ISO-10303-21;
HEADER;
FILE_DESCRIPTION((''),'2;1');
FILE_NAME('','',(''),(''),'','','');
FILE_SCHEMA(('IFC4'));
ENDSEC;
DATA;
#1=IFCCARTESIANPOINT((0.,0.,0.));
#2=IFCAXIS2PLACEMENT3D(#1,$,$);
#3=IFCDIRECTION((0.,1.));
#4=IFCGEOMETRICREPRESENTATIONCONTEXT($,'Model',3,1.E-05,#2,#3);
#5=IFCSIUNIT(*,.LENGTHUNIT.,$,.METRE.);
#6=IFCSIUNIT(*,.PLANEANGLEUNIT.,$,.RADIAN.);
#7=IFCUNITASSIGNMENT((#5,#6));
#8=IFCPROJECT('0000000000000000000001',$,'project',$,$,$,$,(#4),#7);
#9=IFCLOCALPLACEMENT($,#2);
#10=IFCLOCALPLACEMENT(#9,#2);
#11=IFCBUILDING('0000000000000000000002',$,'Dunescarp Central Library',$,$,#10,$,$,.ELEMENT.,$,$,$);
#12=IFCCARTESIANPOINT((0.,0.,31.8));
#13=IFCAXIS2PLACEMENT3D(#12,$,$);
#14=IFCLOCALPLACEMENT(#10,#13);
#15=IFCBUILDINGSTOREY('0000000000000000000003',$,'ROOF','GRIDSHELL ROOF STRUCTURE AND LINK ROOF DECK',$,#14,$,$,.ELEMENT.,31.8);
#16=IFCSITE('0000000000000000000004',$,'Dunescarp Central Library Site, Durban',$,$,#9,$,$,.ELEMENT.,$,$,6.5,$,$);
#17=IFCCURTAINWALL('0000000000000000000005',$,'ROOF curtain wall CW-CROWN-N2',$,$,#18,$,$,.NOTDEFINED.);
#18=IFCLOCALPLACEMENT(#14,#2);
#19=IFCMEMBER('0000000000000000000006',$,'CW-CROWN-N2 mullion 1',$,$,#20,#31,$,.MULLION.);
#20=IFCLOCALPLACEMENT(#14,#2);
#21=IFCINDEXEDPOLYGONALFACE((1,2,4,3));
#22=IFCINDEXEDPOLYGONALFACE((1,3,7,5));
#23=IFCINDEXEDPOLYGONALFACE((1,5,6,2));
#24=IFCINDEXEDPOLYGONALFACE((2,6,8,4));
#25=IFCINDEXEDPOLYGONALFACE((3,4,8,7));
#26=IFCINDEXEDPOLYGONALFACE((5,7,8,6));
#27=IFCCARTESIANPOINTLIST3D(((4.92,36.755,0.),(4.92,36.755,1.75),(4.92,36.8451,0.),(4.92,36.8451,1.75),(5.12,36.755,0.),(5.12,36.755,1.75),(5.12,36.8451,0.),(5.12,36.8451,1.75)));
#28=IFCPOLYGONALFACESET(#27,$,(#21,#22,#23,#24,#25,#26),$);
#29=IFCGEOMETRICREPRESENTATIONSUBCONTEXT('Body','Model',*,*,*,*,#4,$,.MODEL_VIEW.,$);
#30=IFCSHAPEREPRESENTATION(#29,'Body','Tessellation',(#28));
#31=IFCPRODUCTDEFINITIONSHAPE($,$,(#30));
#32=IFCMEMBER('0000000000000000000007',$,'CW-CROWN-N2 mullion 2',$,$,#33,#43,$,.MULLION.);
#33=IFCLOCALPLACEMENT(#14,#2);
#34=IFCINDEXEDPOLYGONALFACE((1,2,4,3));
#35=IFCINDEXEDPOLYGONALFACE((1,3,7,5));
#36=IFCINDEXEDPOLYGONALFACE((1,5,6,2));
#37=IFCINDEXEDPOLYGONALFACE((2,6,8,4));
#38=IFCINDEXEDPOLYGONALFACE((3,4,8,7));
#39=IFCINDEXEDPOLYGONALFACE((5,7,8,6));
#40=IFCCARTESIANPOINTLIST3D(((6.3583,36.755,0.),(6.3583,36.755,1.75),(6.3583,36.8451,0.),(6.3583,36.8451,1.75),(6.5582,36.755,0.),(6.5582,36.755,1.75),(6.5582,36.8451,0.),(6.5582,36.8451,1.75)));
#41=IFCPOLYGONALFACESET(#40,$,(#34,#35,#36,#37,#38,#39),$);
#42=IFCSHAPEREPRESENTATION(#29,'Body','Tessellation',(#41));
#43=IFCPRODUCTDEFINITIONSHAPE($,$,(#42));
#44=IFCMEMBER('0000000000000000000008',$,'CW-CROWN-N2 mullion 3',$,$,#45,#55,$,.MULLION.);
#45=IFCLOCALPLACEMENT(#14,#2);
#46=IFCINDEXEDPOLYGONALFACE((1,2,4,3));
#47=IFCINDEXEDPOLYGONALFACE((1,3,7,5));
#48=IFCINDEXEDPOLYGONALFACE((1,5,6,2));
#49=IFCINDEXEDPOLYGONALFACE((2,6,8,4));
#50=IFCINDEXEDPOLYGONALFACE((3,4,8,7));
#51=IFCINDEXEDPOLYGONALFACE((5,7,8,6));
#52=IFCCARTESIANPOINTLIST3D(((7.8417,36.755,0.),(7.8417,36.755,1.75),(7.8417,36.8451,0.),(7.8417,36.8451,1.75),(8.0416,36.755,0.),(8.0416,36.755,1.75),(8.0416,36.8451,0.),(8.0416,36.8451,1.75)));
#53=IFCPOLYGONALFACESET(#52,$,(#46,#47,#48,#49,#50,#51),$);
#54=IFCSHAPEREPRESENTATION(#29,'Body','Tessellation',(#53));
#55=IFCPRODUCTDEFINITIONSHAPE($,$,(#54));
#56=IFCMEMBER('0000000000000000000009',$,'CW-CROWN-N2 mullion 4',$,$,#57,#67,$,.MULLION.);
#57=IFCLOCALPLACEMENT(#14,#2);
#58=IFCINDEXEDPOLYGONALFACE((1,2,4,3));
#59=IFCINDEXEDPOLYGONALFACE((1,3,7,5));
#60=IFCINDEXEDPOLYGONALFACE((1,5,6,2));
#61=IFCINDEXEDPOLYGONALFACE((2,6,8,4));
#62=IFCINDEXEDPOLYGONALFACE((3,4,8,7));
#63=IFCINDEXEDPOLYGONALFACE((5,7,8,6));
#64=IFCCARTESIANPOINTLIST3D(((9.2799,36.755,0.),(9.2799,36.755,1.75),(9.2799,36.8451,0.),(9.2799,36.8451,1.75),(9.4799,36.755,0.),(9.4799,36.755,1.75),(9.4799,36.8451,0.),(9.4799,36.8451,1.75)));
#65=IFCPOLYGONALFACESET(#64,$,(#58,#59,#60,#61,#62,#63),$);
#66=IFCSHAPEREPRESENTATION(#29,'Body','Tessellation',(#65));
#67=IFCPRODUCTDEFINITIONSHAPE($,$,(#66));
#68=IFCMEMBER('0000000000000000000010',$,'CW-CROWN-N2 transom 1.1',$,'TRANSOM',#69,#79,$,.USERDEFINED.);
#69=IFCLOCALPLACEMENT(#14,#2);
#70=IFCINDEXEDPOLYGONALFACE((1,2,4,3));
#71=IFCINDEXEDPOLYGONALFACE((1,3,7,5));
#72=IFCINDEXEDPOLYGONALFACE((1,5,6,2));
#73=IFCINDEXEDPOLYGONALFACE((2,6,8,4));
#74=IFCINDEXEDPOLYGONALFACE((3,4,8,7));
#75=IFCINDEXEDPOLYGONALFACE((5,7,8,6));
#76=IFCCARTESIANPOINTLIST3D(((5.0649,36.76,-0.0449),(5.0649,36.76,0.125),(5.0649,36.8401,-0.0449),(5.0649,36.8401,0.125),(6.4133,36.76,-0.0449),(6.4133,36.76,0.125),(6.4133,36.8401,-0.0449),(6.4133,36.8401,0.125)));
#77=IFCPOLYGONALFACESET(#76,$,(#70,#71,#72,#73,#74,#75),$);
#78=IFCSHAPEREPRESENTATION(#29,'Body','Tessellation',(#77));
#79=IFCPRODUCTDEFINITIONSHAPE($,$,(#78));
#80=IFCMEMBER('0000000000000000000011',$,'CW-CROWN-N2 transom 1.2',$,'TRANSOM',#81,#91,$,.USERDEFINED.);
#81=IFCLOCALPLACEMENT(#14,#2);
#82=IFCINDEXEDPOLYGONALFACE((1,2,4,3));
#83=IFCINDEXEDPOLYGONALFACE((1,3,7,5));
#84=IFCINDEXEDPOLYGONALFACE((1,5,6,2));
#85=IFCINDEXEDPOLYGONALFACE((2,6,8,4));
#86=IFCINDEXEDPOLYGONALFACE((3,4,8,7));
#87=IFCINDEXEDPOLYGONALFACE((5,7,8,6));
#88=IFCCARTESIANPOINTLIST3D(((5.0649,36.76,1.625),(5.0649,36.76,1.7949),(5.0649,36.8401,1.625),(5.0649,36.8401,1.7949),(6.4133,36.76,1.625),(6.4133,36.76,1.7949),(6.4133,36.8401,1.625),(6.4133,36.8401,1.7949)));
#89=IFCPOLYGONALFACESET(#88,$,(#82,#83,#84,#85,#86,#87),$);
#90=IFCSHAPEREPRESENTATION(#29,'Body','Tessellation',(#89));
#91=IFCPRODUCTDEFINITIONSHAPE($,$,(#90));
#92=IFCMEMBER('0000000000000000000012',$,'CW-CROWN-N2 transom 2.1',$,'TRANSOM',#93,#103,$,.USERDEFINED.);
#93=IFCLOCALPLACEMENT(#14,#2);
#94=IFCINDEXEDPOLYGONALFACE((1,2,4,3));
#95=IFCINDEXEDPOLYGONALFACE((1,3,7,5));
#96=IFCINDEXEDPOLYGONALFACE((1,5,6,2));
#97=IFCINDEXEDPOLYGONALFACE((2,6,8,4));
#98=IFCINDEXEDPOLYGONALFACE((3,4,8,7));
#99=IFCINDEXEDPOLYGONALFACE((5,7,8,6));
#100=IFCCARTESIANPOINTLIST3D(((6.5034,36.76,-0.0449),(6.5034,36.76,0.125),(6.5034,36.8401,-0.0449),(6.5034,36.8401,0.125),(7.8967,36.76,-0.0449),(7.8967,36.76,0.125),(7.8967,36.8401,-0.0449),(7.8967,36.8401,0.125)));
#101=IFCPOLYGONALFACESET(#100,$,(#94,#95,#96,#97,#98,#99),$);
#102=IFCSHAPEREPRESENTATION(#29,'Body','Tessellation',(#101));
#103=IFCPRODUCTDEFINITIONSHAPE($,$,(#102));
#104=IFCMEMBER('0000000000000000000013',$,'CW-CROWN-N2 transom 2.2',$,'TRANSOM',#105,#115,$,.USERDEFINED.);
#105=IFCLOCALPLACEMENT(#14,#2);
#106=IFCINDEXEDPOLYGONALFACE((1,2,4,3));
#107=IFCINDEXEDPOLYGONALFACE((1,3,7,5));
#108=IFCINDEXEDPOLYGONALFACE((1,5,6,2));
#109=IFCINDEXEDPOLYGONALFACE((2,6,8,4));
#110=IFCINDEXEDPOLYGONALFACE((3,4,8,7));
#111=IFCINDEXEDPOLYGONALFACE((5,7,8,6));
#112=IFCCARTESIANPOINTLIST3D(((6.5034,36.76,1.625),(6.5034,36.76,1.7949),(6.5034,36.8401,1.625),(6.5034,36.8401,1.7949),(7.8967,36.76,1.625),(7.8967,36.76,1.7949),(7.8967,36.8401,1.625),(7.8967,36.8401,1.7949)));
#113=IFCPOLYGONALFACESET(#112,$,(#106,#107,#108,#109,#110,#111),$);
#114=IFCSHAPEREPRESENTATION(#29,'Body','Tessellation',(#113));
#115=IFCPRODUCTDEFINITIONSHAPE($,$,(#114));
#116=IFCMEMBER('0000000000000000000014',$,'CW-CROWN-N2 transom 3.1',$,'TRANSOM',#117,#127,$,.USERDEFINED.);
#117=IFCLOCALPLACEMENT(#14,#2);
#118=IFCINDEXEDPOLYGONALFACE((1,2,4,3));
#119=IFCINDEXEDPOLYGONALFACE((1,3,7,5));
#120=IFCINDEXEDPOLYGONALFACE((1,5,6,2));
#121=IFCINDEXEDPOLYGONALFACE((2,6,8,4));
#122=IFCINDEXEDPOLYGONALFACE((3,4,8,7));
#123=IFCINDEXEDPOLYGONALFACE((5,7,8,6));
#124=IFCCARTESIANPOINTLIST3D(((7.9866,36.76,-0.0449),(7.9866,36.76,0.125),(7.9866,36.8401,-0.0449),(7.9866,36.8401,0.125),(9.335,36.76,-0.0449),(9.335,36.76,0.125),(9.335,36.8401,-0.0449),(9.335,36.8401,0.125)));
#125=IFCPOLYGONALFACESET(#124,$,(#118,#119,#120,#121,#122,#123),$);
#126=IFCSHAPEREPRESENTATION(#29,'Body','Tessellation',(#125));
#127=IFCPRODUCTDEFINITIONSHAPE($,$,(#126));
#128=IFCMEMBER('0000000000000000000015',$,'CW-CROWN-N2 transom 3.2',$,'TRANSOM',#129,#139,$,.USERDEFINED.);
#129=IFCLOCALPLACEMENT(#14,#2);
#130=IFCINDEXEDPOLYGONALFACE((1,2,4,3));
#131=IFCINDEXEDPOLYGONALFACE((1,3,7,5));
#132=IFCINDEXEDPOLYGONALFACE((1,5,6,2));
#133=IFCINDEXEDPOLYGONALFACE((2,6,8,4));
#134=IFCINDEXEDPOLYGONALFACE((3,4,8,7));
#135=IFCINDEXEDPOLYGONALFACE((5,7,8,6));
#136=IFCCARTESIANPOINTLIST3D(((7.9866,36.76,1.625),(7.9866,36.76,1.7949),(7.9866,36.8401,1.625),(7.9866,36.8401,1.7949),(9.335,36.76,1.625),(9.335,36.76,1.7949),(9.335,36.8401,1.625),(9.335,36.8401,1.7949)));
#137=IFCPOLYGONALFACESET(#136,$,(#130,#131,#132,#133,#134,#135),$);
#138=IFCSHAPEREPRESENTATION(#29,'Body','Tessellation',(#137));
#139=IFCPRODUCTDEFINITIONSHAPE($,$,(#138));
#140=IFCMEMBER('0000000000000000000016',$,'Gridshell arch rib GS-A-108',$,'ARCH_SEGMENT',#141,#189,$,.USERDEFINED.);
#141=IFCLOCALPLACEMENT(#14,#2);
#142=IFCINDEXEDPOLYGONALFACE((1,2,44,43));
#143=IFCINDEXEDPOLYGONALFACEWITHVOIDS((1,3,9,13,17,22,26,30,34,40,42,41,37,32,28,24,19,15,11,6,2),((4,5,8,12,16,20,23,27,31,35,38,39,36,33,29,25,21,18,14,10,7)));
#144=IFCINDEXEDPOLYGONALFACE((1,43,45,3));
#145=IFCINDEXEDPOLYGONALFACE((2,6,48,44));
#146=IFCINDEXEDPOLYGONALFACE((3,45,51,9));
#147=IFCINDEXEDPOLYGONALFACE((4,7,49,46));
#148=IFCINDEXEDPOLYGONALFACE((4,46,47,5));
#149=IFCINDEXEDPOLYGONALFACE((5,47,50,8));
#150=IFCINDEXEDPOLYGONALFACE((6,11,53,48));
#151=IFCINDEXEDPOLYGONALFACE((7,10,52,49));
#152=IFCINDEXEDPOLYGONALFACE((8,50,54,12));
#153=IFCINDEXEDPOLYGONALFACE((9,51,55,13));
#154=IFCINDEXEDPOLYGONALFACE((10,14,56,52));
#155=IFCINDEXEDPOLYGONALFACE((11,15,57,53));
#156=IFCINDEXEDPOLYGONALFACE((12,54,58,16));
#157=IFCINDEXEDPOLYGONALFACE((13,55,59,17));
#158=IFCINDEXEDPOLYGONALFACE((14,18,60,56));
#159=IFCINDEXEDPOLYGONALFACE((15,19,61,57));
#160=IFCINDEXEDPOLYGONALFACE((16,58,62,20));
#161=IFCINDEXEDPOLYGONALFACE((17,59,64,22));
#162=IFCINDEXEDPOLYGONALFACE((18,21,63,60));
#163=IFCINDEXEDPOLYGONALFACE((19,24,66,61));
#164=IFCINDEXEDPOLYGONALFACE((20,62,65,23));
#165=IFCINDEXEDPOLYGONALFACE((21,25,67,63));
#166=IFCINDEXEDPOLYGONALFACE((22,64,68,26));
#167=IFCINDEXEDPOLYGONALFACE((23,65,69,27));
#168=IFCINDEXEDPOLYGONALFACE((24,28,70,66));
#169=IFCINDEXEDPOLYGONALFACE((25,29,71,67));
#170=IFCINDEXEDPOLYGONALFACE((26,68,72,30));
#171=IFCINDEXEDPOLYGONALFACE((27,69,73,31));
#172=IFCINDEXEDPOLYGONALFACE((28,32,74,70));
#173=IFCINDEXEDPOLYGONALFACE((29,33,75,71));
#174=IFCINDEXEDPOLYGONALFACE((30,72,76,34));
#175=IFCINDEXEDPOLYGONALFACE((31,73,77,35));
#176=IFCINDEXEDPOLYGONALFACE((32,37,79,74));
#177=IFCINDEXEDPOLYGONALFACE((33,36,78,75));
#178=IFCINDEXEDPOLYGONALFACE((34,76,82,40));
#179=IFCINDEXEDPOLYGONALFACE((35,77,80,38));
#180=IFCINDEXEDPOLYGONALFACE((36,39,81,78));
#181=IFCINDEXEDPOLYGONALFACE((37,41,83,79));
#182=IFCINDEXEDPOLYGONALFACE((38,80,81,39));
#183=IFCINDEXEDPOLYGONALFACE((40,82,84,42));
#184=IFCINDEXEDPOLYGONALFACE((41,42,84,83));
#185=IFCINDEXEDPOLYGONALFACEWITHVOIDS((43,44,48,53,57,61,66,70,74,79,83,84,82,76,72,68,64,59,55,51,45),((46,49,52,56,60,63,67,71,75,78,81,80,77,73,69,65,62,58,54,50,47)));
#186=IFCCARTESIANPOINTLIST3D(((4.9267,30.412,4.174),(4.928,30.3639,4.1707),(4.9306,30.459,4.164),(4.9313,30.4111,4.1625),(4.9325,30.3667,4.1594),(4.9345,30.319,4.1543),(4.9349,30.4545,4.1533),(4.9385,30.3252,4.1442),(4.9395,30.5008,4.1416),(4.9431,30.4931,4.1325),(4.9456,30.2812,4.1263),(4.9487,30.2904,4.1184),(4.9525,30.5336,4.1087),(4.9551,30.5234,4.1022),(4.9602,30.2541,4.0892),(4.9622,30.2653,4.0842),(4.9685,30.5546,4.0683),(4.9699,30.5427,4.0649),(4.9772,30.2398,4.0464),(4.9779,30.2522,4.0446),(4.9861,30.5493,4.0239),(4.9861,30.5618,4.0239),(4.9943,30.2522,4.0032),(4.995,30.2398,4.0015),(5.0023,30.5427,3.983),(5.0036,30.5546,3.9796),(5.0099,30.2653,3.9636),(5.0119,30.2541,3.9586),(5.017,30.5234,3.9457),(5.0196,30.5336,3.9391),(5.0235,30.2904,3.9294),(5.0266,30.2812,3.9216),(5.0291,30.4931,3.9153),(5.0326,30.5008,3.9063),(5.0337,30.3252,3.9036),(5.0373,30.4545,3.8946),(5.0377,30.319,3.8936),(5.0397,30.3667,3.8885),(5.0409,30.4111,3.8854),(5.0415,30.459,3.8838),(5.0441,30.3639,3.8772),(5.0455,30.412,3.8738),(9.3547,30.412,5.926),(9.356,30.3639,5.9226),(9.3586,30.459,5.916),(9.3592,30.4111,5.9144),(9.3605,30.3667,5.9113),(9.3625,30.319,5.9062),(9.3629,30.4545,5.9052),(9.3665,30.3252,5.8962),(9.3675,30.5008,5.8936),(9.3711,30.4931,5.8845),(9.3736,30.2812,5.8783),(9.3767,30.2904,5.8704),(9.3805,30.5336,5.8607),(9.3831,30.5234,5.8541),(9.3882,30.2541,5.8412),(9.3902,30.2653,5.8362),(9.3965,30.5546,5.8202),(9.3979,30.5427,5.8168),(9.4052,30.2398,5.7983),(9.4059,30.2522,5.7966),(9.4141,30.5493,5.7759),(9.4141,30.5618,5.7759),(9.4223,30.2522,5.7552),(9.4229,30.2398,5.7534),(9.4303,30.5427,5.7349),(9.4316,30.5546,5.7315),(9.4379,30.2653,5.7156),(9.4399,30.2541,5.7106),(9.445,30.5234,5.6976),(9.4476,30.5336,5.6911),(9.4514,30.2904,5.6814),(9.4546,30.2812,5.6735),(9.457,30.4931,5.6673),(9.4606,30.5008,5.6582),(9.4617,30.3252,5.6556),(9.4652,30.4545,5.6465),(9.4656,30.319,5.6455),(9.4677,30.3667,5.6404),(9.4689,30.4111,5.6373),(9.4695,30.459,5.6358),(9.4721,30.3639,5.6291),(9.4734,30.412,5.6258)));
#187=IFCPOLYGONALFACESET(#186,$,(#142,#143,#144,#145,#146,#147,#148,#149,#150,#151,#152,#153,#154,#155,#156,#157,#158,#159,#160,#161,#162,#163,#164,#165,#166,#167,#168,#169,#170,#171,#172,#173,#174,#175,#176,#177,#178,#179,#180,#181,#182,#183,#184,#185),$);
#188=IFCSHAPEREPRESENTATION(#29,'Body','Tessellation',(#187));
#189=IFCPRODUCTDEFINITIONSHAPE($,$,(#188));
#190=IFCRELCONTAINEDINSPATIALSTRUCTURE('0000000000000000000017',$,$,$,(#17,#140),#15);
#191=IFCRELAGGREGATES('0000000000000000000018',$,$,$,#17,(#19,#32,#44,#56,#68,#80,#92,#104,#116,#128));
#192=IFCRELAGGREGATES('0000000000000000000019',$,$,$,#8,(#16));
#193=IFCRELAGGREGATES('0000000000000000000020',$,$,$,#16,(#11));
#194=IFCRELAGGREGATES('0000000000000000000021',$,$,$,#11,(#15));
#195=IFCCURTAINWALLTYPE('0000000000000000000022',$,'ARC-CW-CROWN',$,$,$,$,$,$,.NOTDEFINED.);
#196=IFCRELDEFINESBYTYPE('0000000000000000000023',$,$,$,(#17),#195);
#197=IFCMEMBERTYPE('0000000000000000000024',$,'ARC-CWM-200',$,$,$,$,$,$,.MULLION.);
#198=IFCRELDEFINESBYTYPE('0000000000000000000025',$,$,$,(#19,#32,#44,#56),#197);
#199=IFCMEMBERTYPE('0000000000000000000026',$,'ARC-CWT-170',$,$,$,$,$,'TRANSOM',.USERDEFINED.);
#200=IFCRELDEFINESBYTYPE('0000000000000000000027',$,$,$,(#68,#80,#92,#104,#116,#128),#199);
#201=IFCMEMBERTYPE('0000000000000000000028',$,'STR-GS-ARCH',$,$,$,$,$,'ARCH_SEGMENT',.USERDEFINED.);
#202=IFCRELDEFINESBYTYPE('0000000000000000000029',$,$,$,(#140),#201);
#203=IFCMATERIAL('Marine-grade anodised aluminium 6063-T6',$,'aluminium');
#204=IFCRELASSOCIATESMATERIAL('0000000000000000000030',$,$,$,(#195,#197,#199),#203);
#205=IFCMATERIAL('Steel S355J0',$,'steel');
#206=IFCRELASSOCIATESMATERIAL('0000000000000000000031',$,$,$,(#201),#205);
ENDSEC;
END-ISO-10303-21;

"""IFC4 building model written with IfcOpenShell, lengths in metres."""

from ifc_helpers import new_model, si_unit, direction, frame, origin, origin_2d, place, context, subcontext, project, spatial, rectangle, hollow_circle, extrude, material, material_profile, profile_set, type_object, element, aggregate, save


model = new_model("IFC4")

# Units and contexts
model_context = context("Model", 3, precision=1e-05, world=origin(), true_north=direction((0.0, 1.0)))
body_context = subcontext(model_context, "Body", "Model", "MODEL_VIEW")
ifc_project = project(units=[si_unit("LENGTHUNIT", "METRE"), si_unit("PLANEANGLEUNIT", "RADIAN")], contexts=[model_context])

# Site, building, storey
site_placement = place(None, origin())
site = spatial("IfcSite", under=ifc_project, at=site_placement, Name="Dunescarp Central Library Site, Durban", CompositionType="ELEMENT", RefElevation=6.5)
building_placement = place(site_placement, origin())
building = spatial("IfcBuilding", under=site, at=building_placement, Name="Dunescarp Central Library", CompositionType="ELEMENT")
storey_placement = place(building_placement, frame((0.0, 0.0, 31.8)))
storey = spatial("IfcBuildingStorey", under=building, at=storey_placement, Name="ROOF", Description="GRIDSHELL ROOF STRUCTURE AND LINK ROOF DECK", CompositionType="ELEMENT", Elevation=31.8)

# Curtain wall, members
ifc_material_1 = material(Name="Marine-grade anodised aluminium 6063-T6", Category="aluminium")
curtain_wall_type = type_object("IfcCurtainWallType", Name="ARC-CW-CROWN", PredefinedType="NOTDEFINED", material=ifc_material_1)
curtain_wall_placement = place(storey_placement, origin())
curtain_wall = element("IfcCurtainWall", 1, at=curtain_wall_placement, inside=storey, type_object=curtain_wall_type, Name="ROOF curtain wall CW-CROWN-N2", PredefinedType="NOTDEFINED")
ifc_material_profile_1 = material_profile(ifc_material_1, rectangle(XDim=0.0901, YDim=0.2, at=origin_2d()), Name="AL 90x200")
ifc_profile_set_1 = profile_set([ifc_material_profile_1], Name="Marine-grade anodised aluminium 6063-T6")
member_type_1 = type_object("IfcMemberType", Name="ARC-CWM-200", PredefinedType="MULLION", material=ifc_profile_set_1)
member_1_placement = place(storey_placement, frame((5.02, 36.8, 0.0), z_axis=(0.0, 0.0, 1.0), x_axis=(0.0, 1.0, 0.0)))
member_1 = element("IfcMember", 2, at=member_1_placement, type_object=member_type_1, Name="CW-CROWN-N2 mullion 1", PredefinedType="MULLION", context=body_context, shape_type="SweptSolid", body=[
    extrude(rectangle(XDim=0.0901, YDim=0.2, at=origin_2d()), origin(), (0.0, 0.0, 1.0), 1.75),
])
member_2_placement = place(storey_placement, frame((6.4583, 36.8, 0.0), z_axis=(0.0, 0.0, 1.0), x_axis=(0.0, 1.0, 0.0)))
member_2 = element("IfcMember", 3, at=member_2_placement, type_object=member_type_1, Name="CW-CROWN-N2 mullion 2", PredefinedType="MULLION", context=body_context, shape_type="SweptSolid", body=[
    extrude(rectangle(XDim=0.0901, YDim=0.2, at=origin_2d()), origin(), (0.0, 0.0, 1.0), 1.75),
])
member_3_placement = place(storey_placement, frame((7.9417, 36.8, 0.0), z_axis=(0.0, 0.0, 1.0), x_axis=(0.0, 1.0, 0.0)))
member_3 = element("IfcMember", 4, at=member_3_placement, type_object=member_type_1, Name="CW-CROWN-N2 mullion 3", PredefinedType="MULLION", context=body_context, shape_type="SweptSolid", body=[
    extrude(rectangle(XDim=0.0901, YDim=0.2, at=origin_2d()), origin(), (0.0, 0.0, 1.0), 1.75),
])
member_4_placement = place(storey_placement, frame((9.3799, 36.8, 0.0), z_axis=(0.0, 0.0, 1.0), x_axis=(0.0, 1.0, 0.0)))
member_4 = element("IfcMember", 5, at=member_4_placement, type_object=member_type_1, Name="CW-CROWN-N2 mullion 4", PredefinedType="MULLION", context=body_context, shape_type="SweptSolid", body=[
    extrude(rectangle(XDim=0.0901, YDim=0.2, at=origin_2d()), origin(), (0.0, 0.0, 1.0), 1.75),
])
ifc_material_profile_2 = material_profile(ifc_material_1, rectangle(XDim=0.0801, YDim=0.1699, at=origin_2d()), Name="AL 80x170")
ifc_profile_set_2 = profile_set([ifc_material_profile_2], Name="Marine-grade anodised aluminium 6063-T6")
member_type_2 = type_object("IfcMemberType", Name="ARC-CWT-170", ElementType="TRANSOM", PredefinedType="USERDEFINED", material=ifc_profile_set_2)
member_5_placement = place(storey_placement, frame((5.0649, 36.8, 0.04), z_axis=(1.0, 0.0, 0.0), x_axis=(0.0, 1.0, 0.0)))
member_5 = element("IfcMember", 6, at=member_5_placement, type_object=member_type_2, Name="CW-CROWN-N2 transom 1.1", ObjectType="TRANSOM", PredefinedType="USERDEFINED", context=body_context, shape_type="SweptSolid", body=[
    extrude(rectangle(XDim=0.0801, YDim=0.1699, at=origin_2d()), origin(), (0.0, 0.0, 1.0), 1.3484),
])
member_6_placement = place(storey_placement, frame((5.0649, 36.8, 1.71), z_axis=(1.0, 0.0, 0.0), x_axis=(0.0, 1.0, 0.0)))
member_6 = element("IfcMember", 7, at=member_6_placement, type_object=member_type_2, Name="CW-CROWN-N2 transom 1.2", ObjectType="TRANSOM", PredefinedType="USERDEFINED", context=body_context, shape_type="SweptSolid", body=[
    extrude(rectangle(XDim=0.0801, YDim=0.1699, at=origin_2d()), origin(), (0.0, 0.0, 1.0), 1.3484),
])
member_7_placement = place(storey_placement, frame((6.5034, 36.8, 0.04), z_axis=(1.0, 0.0, 0.0), x_axis=(0.0, 1.0, 0.0)))
member_7 = element("IfcMember", 8, at=member_7_placement, type_object=member_type_2, Name="CW-CROWN-N2 transom 2.1", ObjectType="TRANSOM", PredefinedType="USERDEFINED", context=body_context, shape_type="SweptSolid", body=[
    extrude(rectangle(XDim=0.0801, YDim=0.1699, at=origin_2d()), origin(), (0.0, 0.0, 1.0), 1.3933),
])
member_8_placement = place(storey_placement, frame((6.5034, 36.8, 1.71), z_axis=(1.0, 0.0, 0.0), x_axis=(0.0, 1.0, 0.0)))
member_8 = element("IfcMember", 9, at=member_8_placement, type_object=member_type_2, Name="CW-CROWN-N2 transom 2.2", ObjectType="TRANSOM", PredefinedType="USERDEFINED", context=body_context, shape_type="SweptSolid", body=[
    extrude(rectangle(XDim=0.0801, YDim=0.1699, at=origin_2d()), origin(), (0.0, 0.0, 1.0), 1.3933),
])
member_9_placement = place(storey_placement, frame((7.9866, 36.8, 0.04), z_axis=(1.0, 0.0, 0.0), x_axis=(0.0, 1.0, 0.0)))
member_9 = element("IfcMember", 10, at=member_9_placement, type_object=member_type_2, Name="CW-CROWN-N2 transom 3.1", ObjectType="TRANSOM", PredefinedType="USERDEFINED", context=body_context, shape_type="SweptSolid", body=[
    extrude(rectangle(XDim=0.0801, YDim=0.1699, at=origin_2d()), origin(), (0.0, 0.0, 1.0), 1.3484),
])
member_10_placement = place(storey_placement, frame((7.9866, 36.8, 1.71), z_axis=(1.0, 0.0, 0.0), x_axis=(0.0, 1.0, 0.0)))
member_10 = element("IfcMember", 11, at=member_10_placement, type_object=member_type_2, Name="CW-CROWN-N2 transom 3.2", ObjectType="TRANSOM", PredefinedType="USERDEFINED", context=body_context, shape_type="SweptSolid", body=[
    extrude(rectangle(XDim=0.0801, YDim=0.1699, at=origin_2d()), origin(), (0.0, 0.0, 1.0), 1.3484),
])

# Member
ifc_material_2 = material(Name="Steel S355J0", Category="steel")
ifc_material_profile_3 = material_profile(ifc_material_2, hollow_circle(Radius=0.1619, WallThickness=0.0125, at=origin_2d()), Name="CHS 323.9x12.5")
ifc_profile_set_3 = profile_set([ifc_material_profile_3], Name="Steel S355J0")
member_type_3 = type_object("IfcMemberType", Name="STR-GS-ARCH", ElementType="ARCH_SEGMENT", PredefinedType="USERDEFINED", material=ifc_profile_set_3)
for number, where, z_axis, x_axis, name in (
    (12, (4.9861, 30.3999, 4.0239), (0.929863, 0.0, 0.367905), (0.0, 1.0, 0.0), "Gridshell arch rib GS-A-108"),
):
    element("IfcMember", number, at=place(storey_placement, frame(where, z_axis=z_axis, x_axis=x_axis)), inside=storey, type_object=member_type_3, Name=name, ObjectType="ARCH_SEGMENT", PredefinedType="USERDEFINED", context=body_context, shape_type="SweptSolid", body=[
        extrude(hollow_circle(Radius=0.1619, WallThickness=0.0125, at=origin_2d()), origin(), (0.0, 0.0, 1.0), 4.762),
    ])

aggregate(curtain_wall, [member_1, member_2, member_3, member_4, member_5, member_6, member_7, member_8, member_9, member_10])

save(model, "model.ifc")
